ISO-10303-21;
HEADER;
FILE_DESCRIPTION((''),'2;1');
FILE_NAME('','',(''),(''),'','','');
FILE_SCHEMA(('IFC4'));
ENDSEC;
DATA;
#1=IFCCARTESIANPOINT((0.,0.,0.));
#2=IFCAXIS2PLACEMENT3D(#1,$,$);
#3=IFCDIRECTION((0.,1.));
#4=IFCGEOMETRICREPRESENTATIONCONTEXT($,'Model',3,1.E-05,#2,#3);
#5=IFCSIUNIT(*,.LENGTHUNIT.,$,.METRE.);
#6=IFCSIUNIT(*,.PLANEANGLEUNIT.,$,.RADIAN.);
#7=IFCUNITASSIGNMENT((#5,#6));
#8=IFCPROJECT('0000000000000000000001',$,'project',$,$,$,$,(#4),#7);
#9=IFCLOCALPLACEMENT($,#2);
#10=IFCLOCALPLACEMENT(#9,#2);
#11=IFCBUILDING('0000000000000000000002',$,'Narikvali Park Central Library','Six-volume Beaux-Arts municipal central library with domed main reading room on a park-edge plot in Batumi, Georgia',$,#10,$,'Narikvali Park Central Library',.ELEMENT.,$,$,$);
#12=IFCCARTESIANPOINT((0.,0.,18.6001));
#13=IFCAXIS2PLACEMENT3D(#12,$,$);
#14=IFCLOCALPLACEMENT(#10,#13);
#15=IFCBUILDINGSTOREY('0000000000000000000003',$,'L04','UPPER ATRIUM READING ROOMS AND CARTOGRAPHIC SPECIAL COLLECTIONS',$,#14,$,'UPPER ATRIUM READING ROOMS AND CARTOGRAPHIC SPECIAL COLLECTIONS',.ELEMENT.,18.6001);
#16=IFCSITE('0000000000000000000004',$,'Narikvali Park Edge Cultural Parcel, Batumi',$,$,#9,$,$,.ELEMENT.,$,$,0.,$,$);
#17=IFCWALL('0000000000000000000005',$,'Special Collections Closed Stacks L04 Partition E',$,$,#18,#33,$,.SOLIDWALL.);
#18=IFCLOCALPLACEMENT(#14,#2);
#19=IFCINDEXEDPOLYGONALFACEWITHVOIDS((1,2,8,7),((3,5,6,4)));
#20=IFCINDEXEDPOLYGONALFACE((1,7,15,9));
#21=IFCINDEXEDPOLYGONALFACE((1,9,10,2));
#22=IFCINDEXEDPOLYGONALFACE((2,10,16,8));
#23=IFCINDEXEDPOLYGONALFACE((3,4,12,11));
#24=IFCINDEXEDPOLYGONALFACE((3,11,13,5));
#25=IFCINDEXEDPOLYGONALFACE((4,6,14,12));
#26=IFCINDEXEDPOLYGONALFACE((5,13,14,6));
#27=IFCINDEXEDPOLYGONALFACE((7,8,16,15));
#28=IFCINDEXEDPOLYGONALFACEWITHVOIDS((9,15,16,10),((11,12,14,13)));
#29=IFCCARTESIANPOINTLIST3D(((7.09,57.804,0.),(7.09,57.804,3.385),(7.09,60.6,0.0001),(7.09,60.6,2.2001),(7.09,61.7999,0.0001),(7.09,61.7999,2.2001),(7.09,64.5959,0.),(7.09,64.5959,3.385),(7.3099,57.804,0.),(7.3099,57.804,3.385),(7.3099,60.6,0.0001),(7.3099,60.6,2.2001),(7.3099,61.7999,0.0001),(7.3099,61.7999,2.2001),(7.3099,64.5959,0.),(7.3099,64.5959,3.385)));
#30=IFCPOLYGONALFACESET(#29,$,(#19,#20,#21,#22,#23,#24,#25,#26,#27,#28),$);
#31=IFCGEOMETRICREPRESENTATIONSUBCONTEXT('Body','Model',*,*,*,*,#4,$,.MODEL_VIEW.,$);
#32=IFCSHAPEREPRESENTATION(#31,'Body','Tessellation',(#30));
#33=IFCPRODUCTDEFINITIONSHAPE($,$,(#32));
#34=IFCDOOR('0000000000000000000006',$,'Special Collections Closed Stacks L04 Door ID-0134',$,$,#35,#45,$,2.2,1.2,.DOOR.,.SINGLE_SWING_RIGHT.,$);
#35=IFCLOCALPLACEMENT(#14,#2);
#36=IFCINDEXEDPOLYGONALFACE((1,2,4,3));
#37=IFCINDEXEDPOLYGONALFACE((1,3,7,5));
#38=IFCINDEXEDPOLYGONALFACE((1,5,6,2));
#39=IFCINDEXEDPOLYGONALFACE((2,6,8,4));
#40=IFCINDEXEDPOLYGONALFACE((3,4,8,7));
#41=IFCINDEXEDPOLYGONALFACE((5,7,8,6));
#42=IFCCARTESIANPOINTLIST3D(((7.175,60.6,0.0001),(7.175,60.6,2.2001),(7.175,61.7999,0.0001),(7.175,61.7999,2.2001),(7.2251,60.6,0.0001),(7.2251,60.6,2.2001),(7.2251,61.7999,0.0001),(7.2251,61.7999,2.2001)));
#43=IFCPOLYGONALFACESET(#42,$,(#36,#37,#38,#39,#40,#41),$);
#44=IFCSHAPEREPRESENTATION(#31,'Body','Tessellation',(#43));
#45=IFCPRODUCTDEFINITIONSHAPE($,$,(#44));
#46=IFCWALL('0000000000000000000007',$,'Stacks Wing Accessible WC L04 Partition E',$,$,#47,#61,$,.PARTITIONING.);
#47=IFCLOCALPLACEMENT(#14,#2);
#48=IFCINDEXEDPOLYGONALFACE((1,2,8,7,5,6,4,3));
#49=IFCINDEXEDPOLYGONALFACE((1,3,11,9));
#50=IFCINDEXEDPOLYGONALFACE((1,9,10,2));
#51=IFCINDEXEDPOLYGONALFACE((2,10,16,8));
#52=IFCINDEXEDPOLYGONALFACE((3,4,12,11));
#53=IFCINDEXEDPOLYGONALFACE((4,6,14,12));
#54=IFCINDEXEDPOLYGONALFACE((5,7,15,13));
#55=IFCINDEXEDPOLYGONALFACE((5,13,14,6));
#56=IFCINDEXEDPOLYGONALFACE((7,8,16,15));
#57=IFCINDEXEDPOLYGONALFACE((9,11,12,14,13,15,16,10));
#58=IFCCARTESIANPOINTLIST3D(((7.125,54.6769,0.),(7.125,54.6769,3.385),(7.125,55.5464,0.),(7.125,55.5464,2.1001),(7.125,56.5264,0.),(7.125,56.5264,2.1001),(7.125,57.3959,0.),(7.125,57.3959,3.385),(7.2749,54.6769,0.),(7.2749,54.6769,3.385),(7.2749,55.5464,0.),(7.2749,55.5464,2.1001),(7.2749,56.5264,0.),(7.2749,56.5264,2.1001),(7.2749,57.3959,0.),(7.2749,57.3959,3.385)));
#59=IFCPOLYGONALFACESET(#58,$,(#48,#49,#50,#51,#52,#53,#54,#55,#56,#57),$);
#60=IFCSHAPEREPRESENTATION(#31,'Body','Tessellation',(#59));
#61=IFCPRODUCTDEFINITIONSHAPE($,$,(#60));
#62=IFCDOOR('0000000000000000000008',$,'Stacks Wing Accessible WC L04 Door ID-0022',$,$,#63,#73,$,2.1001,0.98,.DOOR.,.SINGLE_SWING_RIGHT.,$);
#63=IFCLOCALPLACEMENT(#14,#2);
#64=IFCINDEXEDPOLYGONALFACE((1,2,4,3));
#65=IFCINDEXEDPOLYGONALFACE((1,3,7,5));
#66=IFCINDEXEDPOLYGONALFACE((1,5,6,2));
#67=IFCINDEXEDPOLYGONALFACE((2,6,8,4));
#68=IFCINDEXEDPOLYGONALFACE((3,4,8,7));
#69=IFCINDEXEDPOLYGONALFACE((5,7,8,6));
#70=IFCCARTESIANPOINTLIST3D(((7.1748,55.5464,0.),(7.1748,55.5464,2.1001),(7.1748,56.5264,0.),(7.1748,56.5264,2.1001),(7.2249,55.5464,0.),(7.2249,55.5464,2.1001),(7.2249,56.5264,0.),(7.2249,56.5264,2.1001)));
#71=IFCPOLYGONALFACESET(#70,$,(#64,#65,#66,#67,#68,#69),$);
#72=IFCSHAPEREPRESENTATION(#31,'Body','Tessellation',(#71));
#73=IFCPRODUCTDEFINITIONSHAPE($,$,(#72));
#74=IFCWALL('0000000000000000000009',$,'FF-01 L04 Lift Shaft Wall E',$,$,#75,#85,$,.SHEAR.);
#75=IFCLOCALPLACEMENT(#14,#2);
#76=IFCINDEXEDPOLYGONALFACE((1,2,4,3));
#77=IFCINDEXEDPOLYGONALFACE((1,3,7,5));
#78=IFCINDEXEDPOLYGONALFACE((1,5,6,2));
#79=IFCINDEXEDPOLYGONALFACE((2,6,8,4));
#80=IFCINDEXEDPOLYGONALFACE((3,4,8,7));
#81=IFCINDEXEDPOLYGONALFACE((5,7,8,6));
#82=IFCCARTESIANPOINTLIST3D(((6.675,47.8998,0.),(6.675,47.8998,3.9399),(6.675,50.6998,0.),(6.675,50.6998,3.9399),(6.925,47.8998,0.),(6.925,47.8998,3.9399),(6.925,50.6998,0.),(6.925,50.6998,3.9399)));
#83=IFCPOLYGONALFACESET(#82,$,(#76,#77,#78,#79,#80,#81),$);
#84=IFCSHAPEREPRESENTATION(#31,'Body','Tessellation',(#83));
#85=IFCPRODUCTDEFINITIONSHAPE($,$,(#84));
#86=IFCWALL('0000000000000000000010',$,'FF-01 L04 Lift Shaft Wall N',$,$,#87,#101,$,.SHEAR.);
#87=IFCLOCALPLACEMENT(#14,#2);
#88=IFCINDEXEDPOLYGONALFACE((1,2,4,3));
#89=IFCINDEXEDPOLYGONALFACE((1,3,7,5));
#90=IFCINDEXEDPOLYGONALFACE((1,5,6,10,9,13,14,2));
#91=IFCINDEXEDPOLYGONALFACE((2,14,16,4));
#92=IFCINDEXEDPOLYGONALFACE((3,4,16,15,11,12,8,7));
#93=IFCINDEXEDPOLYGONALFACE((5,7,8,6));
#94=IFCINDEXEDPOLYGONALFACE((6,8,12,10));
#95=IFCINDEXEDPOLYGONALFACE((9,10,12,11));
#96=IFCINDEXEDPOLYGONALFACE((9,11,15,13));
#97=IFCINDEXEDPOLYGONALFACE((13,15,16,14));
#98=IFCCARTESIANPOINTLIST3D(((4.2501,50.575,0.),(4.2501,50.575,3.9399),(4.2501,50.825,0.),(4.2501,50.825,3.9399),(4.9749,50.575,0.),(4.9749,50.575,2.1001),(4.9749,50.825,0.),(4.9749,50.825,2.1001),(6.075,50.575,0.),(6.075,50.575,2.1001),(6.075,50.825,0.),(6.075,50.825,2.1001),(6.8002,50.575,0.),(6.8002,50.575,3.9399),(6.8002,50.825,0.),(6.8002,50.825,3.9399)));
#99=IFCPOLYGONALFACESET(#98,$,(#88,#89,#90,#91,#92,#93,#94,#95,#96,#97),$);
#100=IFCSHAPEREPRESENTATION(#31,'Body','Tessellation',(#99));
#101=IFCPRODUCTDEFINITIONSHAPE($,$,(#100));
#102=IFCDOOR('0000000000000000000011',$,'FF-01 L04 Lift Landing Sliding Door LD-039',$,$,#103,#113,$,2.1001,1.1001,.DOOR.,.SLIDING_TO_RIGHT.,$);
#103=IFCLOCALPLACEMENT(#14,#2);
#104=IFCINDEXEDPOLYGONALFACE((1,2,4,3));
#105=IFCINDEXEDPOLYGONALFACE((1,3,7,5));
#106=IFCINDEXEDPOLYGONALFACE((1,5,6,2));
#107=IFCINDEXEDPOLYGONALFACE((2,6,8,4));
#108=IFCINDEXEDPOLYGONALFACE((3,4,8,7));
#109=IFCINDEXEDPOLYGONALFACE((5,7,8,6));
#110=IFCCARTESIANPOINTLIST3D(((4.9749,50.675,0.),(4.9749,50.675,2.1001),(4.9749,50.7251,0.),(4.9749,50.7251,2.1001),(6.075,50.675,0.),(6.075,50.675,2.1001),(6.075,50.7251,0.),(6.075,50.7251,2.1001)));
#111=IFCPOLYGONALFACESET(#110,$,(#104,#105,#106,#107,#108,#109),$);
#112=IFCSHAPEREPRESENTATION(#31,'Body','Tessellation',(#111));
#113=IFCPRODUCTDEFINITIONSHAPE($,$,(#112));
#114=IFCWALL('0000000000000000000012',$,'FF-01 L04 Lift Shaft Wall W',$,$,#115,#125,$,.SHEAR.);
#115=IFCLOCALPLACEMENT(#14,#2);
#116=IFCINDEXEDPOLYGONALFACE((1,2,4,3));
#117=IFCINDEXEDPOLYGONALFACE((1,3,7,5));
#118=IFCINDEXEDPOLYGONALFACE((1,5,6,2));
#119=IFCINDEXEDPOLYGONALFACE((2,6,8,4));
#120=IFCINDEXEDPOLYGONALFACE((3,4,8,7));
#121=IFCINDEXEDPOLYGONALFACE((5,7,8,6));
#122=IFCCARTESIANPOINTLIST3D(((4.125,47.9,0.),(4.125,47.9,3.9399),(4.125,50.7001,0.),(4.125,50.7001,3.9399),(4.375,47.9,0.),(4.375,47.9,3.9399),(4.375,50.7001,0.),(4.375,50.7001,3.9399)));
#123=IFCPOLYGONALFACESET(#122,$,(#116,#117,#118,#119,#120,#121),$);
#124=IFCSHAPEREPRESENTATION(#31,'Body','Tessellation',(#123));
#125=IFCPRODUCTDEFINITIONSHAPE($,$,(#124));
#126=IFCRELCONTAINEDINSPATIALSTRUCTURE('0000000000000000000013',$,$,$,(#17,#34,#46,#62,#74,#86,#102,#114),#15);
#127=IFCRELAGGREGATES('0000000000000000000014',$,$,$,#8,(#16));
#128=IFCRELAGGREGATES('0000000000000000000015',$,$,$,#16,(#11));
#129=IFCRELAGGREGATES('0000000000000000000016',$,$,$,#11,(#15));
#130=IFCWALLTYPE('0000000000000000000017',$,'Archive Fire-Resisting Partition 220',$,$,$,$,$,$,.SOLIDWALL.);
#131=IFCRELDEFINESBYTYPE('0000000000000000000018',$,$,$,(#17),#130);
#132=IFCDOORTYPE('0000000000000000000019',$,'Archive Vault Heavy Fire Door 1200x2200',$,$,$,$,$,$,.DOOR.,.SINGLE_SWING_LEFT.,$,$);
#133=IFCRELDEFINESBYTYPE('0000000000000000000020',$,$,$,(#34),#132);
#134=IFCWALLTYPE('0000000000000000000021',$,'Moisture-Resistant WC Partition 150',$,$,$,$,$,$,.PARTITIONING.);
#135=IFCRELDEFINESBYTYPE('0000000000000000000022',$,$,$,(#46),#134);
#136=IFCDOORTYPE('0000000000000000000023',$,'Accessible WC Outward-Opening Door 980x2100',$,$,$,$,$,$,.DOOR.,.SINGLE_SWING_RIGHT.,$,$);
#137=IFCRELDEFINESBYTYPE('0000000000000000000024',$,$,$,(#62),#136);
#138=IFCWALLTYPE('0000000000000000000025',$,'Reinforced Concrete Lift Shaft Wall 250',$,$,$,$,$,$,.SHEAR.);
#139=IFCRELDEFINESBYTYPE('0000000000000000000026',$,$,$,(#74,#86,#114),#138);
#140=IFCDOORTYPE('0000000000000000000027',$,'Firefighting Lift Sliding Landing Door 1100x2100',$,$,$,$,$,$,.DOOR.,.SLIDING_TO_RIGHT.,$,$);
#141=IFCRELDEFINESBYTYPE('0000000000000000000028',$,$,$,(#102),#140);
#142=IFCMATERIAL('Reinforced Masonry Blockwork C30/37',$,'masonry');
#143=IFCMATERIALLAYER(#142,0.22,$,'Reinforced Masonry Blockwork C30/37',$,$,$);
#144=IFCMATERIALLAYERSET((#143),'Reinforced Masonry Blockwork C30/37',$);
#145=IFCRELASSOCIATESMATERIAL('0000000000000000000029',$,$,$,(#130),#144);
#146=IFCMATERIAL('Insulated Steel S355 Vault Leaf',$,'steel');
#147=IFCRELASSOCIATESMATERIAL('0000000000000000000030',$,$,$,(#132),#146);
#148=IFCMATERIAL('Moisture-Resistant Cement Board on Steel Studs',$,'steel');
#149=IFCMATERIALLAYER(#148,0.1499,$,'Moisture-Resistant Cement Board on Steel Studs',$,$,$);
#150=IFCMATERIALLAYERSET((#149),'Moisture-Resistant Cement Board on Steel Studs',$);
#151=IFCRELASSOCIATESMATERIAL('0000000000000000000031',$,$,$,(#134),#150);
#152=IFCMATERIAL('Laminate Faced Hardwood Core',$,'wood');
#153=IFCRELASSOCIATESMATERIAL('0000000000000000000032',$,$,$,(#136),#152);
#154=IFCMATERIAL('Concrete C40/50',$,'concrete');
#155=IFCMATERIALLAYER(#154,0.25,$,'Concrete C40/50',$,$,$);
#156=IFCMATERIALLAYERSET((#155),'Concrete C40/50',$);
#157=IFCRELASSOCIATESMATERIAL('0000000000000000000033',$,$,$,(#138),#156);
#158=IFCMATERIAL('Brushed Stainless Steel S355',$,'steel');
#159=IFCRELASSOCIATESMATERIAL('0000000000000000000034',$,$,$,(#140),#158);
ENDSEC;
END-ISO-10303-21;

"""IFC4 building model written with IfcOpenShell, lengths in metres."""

from ifc_helpers import new_model, si_unit, direction, frame, frame_2d, origin, place, context, subcontext, project, spatial, rectangle, extrude, material, layer, layer_set, type_object, element, fill, save


model = new_model("IFC4")

# Units and contexts
model_context = context("Model", 3, precision=1e-05, world=origin(), true_north=direction((0.0, 1.0)))
body_context = subcontext(model_context, "Body", "Model", "MODEL_VIEW")
ifc_project = project(units=[si_unit("LENGTHUNIT", "METRE"), si_unit("PLANEANGLEUNIT", "RADIAN")], contexts=[model_context])

# Site, building, storey
site_placement = place(None, origin())
site = spatial("IfcSite", under=ifc_project, at=site_placement, Name="Narikvali Park Edge Cultural Parcel, Batumi", CompositionType="ELEMENT", RefElevation=0.0)
building_placement = place(site_placement, origin())
building = spatial("IfcBuilding", under=site, at=building_placement, Name="Narikvali Park Central Library", Description="Six-volume Beaux-Arts municipal central library with domed main reading room on a park-edge plot in Batumi, Georgia", LongName="Narikvali Park Central Library", CompositionType="ELEMENT")
storey_placement = place(building_placement, frame((0.0, 0.0, 18.6001)))
storey = spatial("IfcBuildingStorey", under=building, at=storey_placement, Name="L04", Description="UPPER ATRIUM READING ROOMS AND CARTOGRAPHIC SPECIAL COLLECTIONS", LongName="UPPER ATRIUM READING ROOMS AND CARTOGRAPHIC SPECIAL COLLECTIONS", CompositionType="ELEMENT", Elevation=18.6001)

# Walls, openings, doors
ifc_material_1 = material(Name="Reinforced Masonry Blockwork C30/37", Category="masonry")
ifc_layer_1 = layer(ifc_material_1, 0.22, Name="Reinforced Masonry Blockwork C30/37")
ifc_layer_set_1 = layer_set([ifc_layer_1], Name="Reinforced Masonry Blockwork C30/37")
wall_type_1 = type_object("IfcWallType", Name="Archive Fire-Resisting Partition 220", PredefinedType="SOLIDWALL", material=ifc_layer_set_1)
wall_1_placement = place(storey_placement, frame((7.2, 57.804, 0.0), z_axis=(0.0, 0.0, 1.0), x_axis=(0.0, 1.0, 0.0)))
wall_1 = element("IfcWall", 1, at=wall_1_placement, inside=storey, type_object=wall_type_1, Name="Special Collections Closed Stacks L04 Partition E", PredefinedType="SOLIDWALL", context=body_context, shape_type="SweptSolid", body=[
    extrude(rectangle(XDim=6.792, YDim=0.22, at=frame_2d((3.396, 0.0))), origin(), (0.0, 0.0, 1.0), 3.385),
])
opening_1_placement = place(wall_1_placement, frame((2.7959, 0.0, 0.0)))
opening_1 = element("IfcOpeningElement", 2, at=opening_1_placement, cuts=wall_1, PredefinedType="OPENING", context=body_context, shape_type="SweptSolid", body=[
    extrude(rectangle(XDim=1.2, YDim=2.2, at=frame_2d((0.6001, 1.1001))), frame((0.0, 0.1221, 0.0), z_axis=(0.0, -1.0, 0.0), x_axis=(1.0, 0.0, 0.0)), (0.0, 0.0, 1.0), 0.2439),
])
ifc_material_2 = material(Name="Insulated Steel S355 Vault Leaf", Category="steel")
door_type_1 = type_object("IfcDoorType", Name="Archive Vault Heavy Fire Door 1200x2200", OperationType="SINGLE_SWING_LEFT", PredefinedType="DOOR", material=ifc_material_2)
door_1_placement = place(opening_1_placement, origin())
door_1 = element("IfcDoor", 3, at=door_1_placement, inside=storey, type_object=door_type_1, Name="Special Collections Closed Stacks L04 Door ID-0134", OperationType="SINGLE_SWING_RIGHT", OverallHeight=2.2, OverallWidth=1.2, PredefinedType="DOOR", context=body_context, shape_type="SweptSolid", body=[
    extrude(rectangle(XDim=1.2, YDim=2.2, at=frame_2d((0.6001, 1.1001))), frame((0.0, 0.0249, 0.0), z_axis=(0.0, -1.0, 0.0), x_axis=(1.0, 0.0, 0.0)), (0.0, 0.0, 1.0), 0.05),
])
fill(opening_1, door_1)
ifc_material_3 = material(Name="Moisture-Resistant Cement Board on Steel Studs", Category="steel")
ifc_layer_2 = layer(ifc_material_3, 0.1499, Name="Moisture-Resistant Cement Board on Steel Studs")
ifc_layer_set_2 = layer_set([ifc_layer_2], Name="Moisture-Resistant Cement Board on Steel Studs")
wall_type_2 = type_object("IfcWallType", Name="Moisture-Resistant WC Partition 150", PredefinedType="PARTITIONING", material=ifc_layer_set_2)
wall_2_placement = place(storey_placement, frame((7.2, 54.677, 0.0), z_axis=(0.0, 0.0, 1.0), x_axis=(0.0, 1.0, 0.0)))
wall_2 = element("IfcWall", 4, at=wall_2_placement, inside=storey, type_object=wall_type_2, Name="Stacks Wing Accessible WC L04 Partition E", PredefinedType="PARTITIONING", context=body_context, shape_type="SweptSolid", body=[
    extrude(rectangle(XDim=2.719, YDim=0.1499, at=frame_2d((1.3594, 0.0))), origin(), (0.0, 0.0, 1.0), 3.385),
])
opening_2_placement = place(wall_2_placement, frame((0.8694, 0.0, 0.0)))
opening_2 = element("IfcOpeningElement", 5, at=opening_2_placement, cuts=wall_2, PredefinedType="OPENING", context=body_context, shape_type="SweptSolid", body=[
    extrude(rectangle(XDim=0.98, YDim=2.1001, at=frame_2d((0.49, 1.05))), frame((0.0, 0.0869, 0.0), z_axis=(0.0, -1.0, 0.0), x_axis=(1.0, 0.0, 0.0)), (0.0, 0.0, 1.0), 0.1738),
])
ifc_material_4 = material(Name="Laminate Faced Hardwood Core", Category="wood")
door_type_2 = type_object("IfcDoorType", Name="Accessible WC Outward-Opening Door 980x2100", OperationType="SINGLE_SWING_RIGHT", PredefinedType="DOOR", material=ifc_material_4)
door_2_placement = place(opening_2_placement, frame((0.98, 0.0, 0.0), z_axis=(0.0, 0.0, 1.0), x_axis=(-1.0, 0.0, 0.0)))
door_2 = element("IfcDoor", 6, at=door_2_placement, inside=storey, type_object=door_type_2, Name="Stacks Wing Accessible WC L04 Door ID-0022", OperationType="SINGLE_SWING_RIGHT", OverallHeight=2.1001, OverallWidth=0.98, PredefinedType="DOOR", context=body_context, shape_type="SweptSolid", body=[
    extrude(rectangle(XDim=0.98, YDim=2.1001, at=frame_2d((0.49, 1.05))), frame((0.0, 0.0249, 0.0), z_axis=(0.0, -1.0, 0.0), x_axis=(1.0, 0.0, 0.0)), (0.0, 0.0, 1.0), 0.05),
])
fill(opening_2, door_2)
ifc_material_5 = material(Name="Concrete C40/50", Category="concrete")

# Wall
ifc_layer_3 = layer(ifc_material_5, 0.25, Name="Concrete C40/50")
ifc_layer_set_3 = layer_set([ifc_layer_3], Name="Concrete C40/50")
wall_type_3 = type_object("IfcWallType", Name="Reinforced Concrete Lift Shaft Wall 250", PredefinedType="SHEAR", material=ifc_layer_set_3)
wall_3_placement = place(storey_placement, frame((6.8, 47.8999, 0.0), z_axis=(0.0, 0.0, 1.0), x_axis=(0.0, 1.0, 0.0)))
element("IfcWall", 7, at=wall_3_placement, inside=storey, type_object=wall_type_3, Name="FF-01 L04 Lift Shaft Wall E", PredefinedType="SHEAR", context=body_context, shape_type="SweptSolid", body=[
    extrude(rectangle(XDim=2.8, YDim=0.25, at=frame_2d((1.3999, 0.0))), origin(), (0.0, 0.0, 1.0), 3.9399),
])

# Wall, opening, door
wall_4_placement = place(storey_placement, frame((6.8, 50.7, 0.0), z_axis=(0.0, 0.0, 1.0), x_axis=(-1.0, 0.0, 0.0)))
wall_4 = element("IfcWall", 8, at=wall_4_placement, inside=storey, type_object=wall_type_3, Name="FF-01 L04 Lift Shaft Wall N", PredefinedType="SHEAR", context=body_context, shape_type="SweptSolid", body=[
    extrude(rectangle(XDim=2.55, YDim=0.25, at=frame_2d((1.2749, 0.0))), origin(), (0.0, 0.0, 1.0), 3.9399),
])
opening_3_placement = place(wall_4_placement, frame((0.7251, 0.0, 0.0)))
opening_3 = element("IfcOpeningElement", 9, at=opening_3_placement, cuts=wall_4, PredefinedType="OPENING", context=body_context, shape_type="SweptSolid", body=[
    extrude(rectangle(XDim=1.1001, YDim=2.1001, at=frame_2d((0.55, 1.05))), frame((0.0, 0.137, 0.0), z_axis=(0.0, -1.0, 0.0), x_axis=(1.0, 0.0, 0.0)), (0.0, 0.0, 1.0), 0.2739),
])
ifc_material_6 = material(Name="Brushed Stainless Steel S355", Category="steel")
door_type_3 = type_object("IfcDoorType", Name="Firefighting Lift Sliding Landing Door 1100x2100", OperationType="SLIDING_TO_RIGHT", PredefinedType="DOOR", material=ifc_material_6)
door_3_placement = place(opening_3_placement, origin())
door_3 = element("IfcDoor", 10, at=door_3_placement, inside=storey, type_object=door_type_3, Name="FF-01 L04 Lift Landing Sliding Door LD-039", OperationType="SLIDING_TO_RIGHT", OverallHeight=2.1001, OverallWidth=1.1001, PredefinedType="DOOR", context=body_context, shape_type="SweptSolid", body=[
    extrude(rectangle(XDim=1.1001, YDim=2.1001, at=frame_2d((0.55, 1.05))), frame((0.0, 0.0249, 0.0), z_axis=(0.0, -1.0, 0.0), x_axis=(1.0, 0.0, 0.0)), (0.0, 0.0, 1.0), 0.05),
])
fill(opening_3, door_3)

# Wall
wall_5_placement = place(storey_placement, frame((4.25, 50.7, 0.0), z_axis=(0.0, 0.0, 1.0), x_axis=(0.0, -1.0, 0.0)))
element("IfcWall", 11, at=wall_5_placement, inside=storey, type_object=wall_type_3, Name="FF-01 L04 Lift Shaft Wall W", PredefinedType="SHEAR", context=body_context, shape_type="SweptSolid", body=[
    extrude(rectangle(XDim=2.8, YDim=0.25, at=frame_2d((1.3999, 0.0))), origin(), (0.0, 0.0, 1.0), 3.9399),
])

save(model, "model.ifc")
